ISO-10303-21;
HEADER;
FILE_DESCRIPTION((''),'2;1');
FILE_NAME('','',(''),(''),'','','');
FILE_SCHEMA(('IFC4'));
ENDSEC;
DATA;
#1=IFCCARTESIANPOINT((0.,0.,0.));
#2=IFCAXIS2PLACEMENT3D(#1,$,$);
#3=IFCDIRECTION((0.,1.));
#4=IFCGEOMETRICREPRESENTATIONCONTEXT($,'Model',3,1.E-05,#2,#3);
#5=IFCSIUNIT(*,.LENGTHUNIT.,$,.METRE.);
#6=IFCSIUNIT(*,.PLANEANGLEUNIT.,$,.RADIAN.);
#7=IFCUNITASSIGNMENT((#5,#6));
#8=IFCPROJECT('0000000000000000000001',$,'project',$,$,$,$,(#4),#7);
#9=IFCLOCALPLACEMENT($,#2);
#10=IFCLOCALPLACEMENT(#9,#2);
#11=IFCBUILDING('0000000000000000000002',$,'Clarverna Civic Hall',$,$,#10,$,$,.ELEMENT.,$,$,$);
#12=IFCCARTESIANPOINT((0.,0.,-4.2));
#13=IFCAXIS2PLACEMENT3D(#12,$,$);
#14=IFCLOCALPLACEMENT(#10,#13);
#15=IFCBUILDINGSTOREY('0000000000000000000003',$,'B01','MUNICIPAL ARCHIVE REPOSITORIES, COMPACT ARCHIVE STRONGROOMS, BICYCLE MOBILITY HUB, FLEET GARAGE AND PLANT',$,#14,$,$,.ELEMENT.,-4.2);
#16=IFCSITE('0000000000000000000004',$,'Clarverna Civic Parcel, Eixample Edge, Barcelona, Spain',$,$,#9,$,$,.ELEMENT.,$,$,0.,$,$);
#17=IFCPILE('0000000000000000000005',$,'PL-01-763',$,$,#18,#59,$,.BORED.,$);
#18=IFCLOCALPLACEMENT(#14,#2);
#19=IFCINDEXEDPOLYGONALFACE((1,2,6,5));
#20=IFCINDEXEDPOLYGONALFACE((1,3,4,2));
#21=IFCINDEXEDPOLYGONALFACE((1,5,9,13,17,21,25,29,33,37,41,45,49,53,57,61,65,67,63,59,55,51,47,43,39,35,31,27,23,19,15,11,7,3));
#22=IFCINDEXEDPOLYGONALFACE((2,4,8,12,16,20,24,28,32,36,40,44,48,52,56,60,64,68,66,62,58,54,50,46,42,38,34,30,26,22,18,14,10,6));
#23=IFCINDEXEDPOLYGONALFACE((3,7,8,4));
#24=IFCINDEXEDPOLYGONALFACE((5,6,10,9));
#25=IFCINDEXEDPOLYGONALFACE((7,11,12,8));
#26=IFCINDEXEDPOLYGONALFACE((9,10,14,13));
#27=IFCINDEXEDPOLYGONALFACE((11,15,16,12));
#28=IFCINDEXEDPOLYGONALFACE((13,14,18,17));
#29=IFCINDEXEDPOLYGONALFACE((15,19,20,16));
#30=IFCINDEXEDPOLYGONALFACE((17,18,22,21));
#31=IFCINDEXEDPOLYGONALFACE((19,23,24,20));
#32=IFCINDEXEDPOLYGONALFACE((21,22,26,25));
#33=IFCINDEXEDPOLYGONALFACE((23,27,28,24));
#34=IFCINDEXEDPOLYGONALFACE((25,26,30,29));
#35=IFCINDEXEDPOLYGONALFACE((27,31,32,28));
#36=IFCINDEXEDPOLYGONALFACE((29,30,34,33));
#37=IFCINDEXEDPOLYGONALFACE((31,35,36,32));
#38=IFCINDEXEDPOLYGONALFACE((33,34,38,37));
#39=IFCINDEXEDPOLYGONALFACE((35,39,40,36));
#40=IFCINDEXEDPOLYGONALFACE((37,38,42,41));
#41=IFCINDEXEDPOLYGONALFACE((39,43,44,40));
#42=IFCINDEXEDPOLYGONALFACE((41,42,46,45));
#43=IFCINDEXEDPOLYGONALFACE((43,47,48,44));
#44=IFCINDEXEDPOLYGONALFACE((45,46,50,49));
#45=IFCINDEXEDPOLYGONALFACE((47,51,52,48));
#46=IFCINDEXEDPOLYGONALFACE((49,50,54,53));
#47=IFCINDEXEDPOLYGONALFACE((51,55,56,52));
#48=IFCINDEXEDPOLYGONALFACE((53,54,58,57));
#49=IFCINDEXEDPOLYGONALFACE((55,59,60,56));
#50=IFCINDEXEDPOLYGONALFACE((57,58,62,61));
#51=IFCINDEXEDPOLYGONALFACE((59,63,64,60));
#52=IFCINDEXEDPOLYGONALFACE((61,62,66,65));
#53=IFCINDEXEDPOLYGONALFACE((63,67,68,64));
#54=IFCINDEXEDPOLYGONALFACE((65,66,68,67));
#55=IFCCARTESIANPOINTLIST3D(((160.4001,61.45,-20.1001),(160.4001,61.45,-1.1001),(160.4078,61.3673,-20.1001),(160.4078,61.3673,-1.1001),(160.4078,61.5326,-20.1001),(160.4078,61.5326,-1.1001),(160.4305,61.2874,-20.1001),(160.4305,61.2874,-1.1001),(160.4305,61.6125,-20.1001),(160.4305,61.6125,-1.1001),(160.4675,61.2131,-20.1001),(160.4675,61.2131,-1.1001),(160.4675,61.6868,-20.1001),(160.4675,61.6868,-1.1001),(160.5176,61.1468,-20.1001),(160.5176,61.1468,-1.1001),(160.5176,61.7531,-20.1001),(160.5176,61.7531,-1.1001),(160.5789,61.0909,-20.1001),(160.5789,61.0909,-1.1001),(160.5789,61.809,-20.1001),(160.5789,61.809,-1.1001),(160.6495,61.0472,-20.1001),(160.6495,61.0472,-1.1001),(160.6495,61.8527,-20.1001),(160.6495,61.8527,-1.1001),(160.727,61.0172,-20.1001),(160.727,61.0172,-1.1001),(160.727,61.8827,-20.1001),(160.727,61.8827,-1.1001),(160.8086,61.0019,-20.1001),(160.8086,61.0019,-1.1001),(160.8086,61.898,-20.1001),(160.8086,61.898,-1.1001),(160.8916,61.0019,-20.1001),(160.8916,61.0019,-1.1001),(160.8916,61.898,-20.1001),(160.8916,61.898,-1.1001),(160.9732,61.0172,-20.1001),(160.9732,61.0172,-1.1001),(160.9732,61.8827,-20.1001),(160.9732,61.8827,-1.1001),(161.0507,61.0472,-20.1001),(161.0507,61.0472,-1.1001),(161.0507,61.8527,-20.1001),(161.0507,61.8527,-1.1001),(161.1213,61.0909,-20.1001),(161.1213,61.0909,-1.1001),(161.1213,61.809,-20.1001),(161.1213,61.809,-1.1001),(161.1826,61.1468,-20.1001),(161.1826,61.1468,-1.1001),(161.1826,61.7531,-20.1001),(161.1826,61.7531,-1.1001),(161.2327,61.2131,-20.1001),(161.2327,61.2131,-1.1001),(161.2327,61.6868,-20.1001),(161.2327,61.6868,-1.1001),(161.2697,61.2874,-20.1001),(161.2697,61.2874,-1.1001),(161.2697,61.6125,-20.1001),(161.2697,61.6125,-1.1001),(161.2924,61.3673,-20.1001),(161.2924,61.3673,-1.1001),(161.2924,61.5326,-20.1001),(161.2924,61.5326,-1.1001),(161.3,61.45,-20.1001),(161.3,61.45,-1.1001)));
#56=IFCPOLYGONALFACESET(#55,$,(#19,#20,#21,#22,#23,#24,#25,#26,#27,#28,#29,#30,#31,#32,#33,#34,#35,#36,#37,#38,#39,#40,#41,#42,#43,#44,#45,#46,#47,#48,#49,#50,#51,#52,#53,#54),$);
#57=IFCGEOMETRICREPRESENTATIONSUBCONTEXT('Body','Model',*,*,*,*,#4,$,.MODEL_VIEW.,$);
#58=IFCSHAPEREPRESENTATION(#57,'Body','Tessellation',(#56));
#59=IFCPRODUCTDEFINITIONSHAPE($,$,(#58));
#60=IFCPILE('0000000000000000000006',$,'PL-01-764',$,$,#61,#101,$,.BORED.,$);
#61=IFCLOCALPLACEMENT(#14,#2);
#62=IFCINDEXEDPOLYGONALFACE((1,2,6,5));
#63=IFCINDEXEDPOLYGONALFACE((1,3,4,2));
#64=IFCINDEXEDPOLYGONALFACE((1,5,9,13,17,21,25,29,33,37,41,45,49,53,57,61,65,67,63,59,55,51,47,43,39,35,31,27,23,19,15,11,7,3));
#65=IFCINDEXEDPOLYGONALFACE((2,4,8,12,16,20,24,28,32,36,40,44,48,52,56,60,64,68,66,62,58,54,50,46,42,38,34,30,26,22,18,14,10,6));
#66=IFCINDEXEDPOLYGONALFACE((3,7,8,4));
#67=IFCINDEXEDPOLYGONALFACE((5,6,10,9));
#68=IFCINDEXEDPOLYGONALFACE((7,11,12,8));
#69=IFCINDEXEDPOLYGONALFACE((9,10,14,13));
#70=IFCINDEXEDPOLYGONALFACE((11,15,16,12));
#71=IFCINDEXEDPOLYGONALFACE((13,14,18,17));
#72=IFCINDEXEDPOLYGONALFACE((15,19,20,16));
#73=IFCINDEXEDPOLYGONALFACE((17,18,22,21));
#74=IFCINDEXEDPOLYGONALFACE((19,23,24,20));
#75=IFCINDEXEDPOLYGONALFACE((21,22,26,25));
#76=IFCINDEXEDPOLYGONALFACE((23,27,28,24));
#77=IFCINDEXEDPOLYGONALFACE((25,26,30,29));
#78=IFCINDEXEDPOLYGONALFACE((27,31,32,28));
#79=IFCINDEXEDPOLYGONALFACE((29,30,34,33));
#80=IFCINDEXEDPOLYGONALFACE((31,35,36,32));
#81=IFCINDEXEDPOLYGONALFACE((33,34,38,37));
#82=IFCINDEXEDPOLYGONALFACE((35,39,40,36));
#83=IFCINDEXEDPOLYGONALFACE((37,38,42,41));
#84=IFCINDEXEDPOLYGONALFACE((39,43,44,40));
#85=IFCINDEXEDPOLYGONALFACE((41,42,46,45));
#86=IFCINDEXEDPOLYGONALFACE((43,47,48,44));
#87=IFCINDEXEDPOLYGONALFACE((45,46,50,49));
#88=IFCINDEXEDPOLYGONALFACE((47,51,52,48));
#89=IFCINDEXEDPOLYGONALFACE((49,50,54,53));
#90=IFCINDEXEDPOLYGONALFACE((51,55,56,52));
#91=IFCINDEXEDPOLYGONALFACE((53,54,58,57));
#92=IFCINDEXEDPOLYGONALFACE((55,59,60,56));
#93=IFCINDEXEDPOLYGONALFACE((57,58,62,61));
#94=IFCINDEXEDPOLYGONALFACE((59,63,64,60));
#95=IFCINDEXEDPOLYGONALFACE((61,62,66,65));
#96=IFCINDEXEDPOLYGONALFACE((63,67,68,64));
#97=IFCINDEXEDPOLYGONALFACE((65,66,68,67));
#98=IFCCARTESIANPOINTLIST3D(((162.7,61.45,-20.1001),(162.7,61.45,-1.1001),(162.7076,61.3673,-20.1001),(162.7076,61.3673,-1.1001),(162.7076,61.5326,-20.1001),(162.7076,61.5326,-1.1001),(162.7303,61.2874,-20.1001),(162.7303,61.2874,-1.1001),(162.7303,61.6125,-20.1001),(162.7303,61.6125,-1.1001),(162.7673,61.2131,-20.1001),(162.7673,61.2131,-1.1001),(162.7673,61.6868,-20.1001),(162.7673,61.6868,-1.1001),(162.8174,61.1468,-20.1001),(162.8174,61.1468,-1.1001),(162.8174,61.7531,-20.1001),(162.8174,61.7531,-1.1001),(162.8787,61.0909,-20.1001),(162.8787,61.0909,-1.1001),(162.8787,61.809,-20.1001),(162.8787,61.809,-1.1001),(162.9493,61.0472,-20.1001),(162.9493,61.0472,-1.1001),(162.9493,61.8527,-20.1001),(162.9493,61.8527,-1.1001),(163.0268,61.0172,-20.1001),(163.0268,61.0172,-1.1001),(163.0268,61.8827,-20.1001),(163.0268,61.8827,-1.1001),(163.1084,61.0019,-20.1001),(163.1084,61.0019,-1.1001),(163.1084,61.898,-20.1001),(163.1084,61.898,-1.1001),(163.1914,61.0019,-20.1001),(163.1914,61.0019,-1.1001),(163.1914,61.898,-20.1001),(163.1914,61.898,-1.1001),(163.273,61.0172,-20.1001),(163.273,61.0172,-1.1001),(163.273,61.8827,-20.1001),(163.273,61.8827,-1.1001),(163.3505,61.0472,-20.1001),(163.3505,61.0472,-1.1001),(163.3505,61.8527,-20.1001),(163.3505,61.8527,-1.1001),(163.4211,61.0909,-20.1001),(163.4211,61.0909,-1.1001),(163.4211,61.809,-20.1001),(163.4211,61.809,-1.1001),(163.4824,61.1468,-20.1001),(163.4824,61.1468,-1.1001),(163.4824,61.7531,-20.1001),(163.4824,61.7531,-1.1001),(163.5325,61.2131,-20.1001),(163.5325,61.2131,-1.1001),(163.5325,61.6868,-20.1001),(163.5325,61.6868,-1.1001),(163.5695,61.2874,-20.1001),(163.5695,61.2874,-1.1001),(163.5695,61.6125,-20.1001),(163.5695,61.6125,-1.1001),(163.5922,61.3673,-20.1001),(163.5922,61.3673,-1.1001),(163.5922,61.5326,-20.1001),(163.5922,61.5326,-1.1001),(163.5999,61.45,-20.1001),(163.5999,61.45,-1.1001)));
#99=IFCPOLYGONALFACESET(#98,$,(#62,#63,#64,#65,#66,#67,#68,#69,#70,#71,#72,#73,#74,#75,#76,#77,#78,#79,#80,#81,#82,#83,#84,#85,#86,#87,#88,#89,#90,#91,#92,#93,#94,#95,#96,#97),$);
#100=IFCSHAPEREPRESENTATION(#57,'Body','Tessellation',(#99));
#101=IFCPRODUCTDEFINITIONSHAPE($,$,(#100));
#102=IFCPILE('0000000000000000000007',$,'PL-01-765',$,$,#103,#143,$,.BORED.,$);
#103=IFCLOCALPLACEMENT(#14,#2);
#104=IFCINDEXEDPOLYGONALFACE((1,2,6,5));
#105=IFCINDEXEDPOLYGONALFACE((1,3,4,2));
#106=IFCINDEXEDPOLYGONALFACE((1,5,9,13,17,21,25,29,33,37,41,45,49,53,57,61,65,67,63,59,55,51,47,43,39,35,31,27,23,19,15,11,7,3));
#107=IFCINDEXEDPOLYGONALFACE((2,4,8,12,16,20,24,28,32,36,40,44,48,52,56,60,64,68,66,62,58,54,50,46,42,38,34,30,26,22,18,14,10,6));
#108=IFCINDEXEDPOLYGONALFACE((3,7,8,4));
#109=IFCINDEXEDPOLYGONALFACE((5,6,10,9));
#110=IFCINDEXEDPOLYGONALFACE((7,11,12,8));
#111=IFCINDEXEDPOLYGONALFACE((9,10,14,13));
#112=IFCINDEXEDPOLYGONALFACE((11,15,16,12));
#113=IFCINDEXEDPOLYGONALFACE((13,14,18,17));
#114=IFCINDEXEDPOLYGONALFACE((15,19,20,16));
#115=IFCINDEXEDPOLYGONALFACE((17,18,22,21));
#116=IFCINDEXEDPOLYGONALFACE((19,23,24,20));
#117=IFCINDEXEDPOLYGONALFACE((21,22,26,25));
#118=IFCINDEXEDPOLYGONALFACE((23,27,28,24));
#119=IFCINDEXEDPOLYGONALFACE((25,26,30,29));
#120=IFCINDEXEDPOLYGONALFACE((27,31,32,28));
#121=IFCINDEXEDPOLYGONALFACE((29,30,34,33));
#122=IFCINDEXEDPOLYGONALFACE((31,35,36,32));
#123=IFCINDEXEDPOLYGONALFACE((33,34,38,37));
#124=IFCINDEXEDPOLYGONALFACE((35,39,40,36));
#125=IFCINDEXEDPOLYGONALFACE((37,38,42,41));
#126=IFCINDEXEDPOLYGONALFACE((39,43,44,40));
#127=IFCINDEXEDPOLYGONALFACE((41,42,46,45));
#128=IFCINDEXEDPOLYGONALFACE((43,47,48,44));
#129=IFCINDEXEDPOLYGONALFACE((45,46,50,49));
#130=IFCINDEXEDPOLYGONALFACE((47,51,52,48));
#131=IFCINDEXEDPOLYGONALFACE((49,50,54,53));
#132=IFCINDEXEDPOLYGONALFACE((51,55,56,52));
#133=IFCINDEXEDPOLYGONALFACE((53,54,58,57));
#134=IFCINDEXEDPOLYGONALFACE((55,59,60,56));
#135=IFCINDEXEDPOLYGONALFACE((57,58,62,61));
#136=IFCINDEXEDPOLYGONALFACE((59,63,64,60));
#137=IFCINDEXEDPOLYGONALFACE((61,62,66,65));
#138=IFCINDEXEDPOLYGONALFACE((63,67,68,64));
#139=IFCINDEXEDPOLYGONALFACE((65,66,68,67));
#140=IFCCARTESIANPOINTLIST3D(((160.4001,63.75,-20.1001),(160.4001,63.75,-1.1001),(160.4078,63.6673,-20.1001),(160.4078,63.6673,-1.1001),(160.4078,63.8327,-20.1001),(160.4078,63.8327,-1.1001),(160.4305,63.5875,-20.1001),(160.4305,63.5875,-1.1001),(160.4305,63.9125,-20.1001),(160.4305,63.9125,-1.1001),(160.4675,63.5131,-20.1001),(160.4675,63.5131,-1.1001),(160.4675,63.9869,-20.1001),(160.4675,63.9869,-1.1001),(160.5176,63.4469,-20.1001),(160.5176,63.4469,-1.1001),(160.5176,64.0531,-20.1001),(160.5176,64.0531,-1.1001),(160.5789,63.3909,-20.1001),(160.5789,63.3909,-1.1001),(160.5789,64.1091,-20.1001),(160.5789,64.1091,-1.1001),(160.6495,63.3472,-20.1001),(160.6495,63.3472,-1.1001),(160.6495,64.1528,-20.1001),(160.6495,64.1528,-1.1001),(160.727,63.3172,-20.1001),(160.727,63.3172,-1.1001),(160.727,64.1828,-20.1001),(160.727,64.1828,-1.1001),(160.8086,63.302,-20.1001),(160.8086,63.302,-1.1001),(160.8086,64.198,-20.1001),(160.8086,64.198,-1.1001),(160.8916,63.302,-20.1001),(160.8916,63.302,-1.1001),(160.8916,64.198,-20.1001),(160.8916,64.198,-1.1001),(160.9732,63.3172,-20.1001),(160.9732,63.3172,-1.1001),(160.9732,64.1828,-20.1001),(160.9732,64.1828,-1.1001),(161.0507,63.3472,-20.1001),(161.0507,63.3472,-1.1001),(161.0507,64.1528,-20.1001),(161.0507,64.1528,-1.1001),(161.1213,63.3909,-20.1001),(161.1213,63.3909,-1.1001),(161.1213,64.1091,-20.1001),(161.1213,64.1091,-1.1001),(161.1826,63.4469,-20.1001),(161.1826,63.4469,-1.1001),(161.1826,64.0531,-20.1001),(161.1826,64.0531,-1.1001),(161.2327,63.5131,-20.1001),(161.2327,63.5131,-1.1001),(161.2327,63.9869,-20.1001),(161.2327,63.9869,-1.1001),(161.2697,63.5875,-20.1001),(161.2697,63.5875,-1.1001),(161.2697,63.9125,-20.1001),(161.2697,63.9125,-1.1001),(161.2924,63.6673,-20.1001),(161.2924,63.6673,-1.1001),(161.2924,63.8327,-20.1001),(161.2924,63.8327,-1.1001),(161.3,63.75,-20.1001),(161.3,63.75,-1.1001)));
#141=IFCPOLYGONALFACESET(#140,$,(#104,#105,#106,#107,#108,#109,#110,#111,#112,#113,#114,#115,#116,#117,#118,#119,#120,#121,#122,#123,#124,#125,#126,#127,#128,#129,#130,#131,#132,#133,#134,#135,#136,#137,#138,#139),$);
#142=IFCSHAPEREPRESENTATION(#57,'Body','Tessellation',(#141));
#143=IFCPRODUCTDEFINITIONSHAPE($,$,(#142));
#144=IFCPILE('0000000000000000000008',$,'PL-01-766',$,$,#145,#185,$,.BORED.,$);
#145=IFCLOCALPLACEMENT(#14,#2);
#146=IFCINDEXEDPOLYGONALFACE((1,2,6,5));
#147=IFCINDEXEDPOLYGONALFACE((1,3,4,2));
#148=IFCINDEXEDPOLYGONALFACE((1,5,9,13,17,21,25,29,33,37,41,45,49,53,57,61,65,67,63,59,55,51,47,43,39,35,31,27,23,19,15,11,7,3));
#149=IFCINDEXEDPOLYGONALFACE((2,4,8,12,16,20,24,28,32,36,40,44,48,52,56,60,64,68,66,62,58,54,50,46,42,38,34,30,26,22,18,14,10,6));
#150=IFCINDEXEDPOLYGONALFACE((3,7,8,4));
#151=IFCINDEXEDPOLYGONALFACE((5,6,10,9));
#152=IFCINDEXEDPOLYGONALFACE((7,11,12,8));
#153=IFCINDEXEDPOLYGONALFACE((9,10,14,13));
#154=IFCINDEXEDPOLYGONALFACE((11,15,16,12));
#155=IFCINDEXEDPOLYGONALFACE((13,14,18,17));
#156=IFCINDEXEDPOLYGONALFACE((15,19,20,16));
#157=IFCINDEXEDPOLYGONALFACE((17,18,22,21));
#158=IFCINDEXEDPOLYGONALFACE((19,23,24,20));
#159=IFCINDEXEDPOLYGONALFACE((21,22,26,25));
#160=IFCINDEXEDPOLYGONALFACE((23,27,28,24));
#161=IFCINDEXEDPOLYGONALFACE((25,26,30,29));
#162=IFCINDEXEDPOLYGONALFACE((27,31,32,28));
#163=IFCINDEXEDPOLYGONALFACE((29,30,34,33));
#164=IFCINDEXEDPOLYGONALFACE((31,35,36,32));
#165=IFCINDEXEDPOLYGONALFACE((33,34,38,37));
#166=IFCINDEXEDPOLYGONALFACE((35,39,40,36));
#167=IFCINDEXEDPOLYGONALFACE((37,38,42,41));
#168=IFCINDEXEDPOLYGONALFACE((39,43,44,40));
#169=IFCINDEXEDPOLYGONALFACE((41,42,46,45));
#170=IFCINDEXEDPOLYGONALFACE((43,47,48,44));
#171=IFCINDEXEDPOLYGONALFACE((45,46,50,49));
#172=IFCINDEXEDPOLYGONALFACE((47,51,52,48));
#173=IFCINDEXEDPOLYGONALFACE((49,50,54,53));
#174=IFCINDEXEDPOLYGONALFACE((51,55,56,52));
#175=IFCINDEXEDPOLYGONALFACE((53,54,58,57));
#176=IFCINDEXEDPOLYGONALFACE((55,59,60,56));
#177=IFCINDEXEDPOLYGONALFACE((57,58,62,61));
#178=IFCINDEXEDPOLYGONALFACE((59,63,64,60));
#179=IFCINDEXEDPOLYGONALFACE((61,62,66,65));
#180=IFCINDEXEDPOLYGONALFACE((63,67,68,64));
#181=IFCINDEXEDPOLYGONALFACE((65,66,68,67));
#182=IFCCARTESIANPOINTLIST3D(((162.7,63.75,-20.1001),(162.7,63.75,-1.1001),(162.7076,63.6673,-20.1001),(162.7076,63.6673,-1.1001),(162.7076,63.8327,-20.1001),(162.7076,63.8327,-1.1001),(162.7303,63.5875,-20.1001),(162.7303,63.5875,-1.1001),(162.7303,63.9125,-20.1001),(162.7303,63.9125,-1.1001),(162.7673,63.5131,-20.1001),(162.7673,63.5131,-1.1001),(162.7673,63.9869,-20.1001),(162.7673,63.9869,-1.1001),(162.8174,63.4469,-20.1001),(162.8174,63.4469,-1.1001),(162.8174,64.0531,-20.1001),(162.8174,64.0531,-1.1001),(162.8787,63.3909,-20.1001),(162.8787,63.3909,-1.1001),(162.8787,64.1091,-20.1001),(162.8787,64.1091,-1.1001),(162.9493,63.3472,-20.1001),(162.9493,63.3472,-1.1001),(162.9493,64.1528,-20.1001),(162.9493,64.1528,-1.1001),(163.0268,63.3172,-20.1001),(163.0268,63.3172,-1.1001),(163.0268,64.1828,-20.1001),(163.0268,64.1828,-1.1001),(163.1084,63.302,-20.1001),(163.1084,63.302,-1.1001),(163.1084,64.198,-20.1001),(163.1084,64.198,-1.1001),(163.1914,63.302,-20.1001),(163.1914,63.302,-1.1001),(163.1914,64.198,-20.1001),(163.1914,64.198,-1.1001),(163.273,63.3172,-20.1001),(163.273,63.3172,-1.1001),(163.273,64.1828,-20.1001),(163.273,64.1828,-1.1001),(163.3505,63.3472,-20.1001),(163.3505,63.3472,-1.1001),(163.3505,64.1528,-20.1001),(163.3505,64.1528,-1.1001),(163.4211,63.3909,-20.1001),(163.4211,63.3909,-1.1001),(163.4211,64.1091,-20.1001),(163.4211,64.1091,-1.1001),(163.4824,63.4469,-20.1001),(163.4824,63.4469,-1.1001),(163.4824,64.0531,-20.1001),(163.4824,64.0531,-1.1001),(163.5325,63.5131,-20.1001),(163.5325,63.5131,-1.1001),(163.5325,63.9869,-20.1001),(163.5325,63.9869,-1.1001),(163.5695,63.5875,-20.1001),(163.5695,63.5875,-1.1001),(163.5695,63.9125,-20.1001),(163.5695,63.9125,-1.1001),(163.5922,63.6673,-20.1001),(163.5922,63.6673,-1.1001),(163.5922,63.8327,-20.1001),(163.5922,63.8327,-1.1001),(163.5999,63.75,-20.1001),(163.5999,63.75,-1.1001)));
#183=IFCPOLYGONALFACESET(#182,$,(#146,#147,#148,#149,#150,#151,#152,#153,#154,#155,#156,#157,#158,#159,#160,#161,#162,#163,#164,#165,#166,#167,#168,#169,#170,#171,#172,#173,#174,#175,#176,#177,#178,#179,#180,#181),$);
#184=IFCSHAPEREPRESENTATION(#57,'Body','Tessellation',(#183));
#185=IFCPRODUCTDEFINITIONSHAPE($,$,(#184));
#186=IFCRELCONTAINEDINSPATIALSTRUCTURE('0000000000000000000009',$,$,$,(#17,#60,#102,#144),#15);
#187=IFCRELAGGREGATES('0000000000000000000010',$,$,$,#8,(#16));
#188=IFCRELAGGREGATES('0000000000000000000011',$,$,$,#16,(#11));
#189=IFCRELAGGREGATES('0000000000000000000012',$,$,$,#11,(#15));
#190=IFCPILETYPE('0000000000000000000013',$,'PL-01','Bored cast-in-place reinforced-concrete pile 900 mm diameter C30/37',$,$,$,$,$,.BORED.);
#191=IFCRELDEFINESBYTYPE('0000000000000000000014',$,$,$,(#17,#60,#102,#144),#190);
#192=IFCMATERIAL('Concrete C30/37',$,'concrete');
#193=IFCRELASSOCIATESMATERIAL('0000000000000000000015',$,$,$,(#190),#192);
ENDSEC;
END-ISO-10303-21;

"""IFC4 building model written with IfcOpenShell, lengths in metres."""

from ifc_helpers import new_model, si_unit, direction, frame, origin, origin_2d, place, context, subcontext, project, spatial, circle, extrude, material, material_profile, profile_set, type_object, element, save


model = new_model("IFC4")

# Units and contexts
model_context = context("Model", 3, precision=1e-05, world=origin(), true_north=direction((0.0, 1.0)))
body_context = subcontext(model_context, "Body", "Model", "MODEL_VIEW")
ifc_project = project(units=[si_unit("LENGTHUNIT", "METRE"), si_unit("PLANEANGLEUNIT", "RADIAN")], contexts=[model_context])

# Site, building, storey
site_placement = place(None, origin())
site = spatial("IfcSite", under=ifc_project, at=site_placement, Name="Clarverna Civic Parcel, Eixample Edge, Barcelona, Spain", CompositionType="ELEMENT", RefElevation=0.0)
building_placement = place(site_placement, origin())
building = spatial("IfcBuilding", under=site, at=building_placement, Name="Clarverna Civic Hall", CompositionType="ELEMENT")
storey_placement = place(building_placement, frame((0.0, 0.0, -4.2)))
storey = spatial("IfcBuildingStorey", under=building, at=storey_placement, Name="B01", Description="MUNICIPAL ARCHIVE REPOSITORIES, COMPACT ARCHIVE STRONGROOMS, BICYCLE MOBILITY HUB, FLEET GARAGE AND PLANT", CompositionType="ELEMENT", Elevation=-4.2)

# Shared definitions
ifc_material_1 = material(Name="Concrete C30/37", Category="concrete")

# Piles
ifc_material_profile_1 = material_profile(ifc_material_1, circle(Radius=0.45, at=origin_2d()), Name="BORED PILE D900")
ifc_profile_set_1 = profile_set([ifc_material_profile_1], Name="Concrete C30/37")
pile_type_1 = type_object("IfcPileType", Name="PL-01", Description="Bored cast-in-place reinforced-concrete pile 900 mm diameter C30/37", PredefinedType="BORED", material=ifc_profile_set_1)
for number, where, z_axis, x_axis, name in (
    (1, (160.8501, 61.45, -1.1001), (0.0, 0.0, -1.0), (1.0, 0.0, 0.0), "PL-01-763"),
    (2, (163.1499, 61.45, -1.1001), (0.0, 0.0, -1.0), (1.0, 0.0, 0.0), "PL-01-764"),
    (3, (160.8501, 63.75, -1.1001), (0.0, 0.0, -1.0), (1.0, 0.0, 0.0), "PL-01-765"),
    (4, (163.1499, 63.75, -1.1001), (0.0, 0.0, -1.0), (1.0, 0.0, 0.0), "PL-01-766"),
):
    element("IfcPile", number, at=place(storey_placement, frame(where, z_axis=z_axis, x_axis=x_axis)), inside=storey, type_object=pile_type_1, Name=name, PredefinedType="BORED", context=body_context, shape_type="SweptSolid", body=[
        extrude(circle(Radius=0.45, at=origin_2d()), origin(), (0.0, 0.0, 1.0), 19.0),
    ])

save(model, "model.ifc")
